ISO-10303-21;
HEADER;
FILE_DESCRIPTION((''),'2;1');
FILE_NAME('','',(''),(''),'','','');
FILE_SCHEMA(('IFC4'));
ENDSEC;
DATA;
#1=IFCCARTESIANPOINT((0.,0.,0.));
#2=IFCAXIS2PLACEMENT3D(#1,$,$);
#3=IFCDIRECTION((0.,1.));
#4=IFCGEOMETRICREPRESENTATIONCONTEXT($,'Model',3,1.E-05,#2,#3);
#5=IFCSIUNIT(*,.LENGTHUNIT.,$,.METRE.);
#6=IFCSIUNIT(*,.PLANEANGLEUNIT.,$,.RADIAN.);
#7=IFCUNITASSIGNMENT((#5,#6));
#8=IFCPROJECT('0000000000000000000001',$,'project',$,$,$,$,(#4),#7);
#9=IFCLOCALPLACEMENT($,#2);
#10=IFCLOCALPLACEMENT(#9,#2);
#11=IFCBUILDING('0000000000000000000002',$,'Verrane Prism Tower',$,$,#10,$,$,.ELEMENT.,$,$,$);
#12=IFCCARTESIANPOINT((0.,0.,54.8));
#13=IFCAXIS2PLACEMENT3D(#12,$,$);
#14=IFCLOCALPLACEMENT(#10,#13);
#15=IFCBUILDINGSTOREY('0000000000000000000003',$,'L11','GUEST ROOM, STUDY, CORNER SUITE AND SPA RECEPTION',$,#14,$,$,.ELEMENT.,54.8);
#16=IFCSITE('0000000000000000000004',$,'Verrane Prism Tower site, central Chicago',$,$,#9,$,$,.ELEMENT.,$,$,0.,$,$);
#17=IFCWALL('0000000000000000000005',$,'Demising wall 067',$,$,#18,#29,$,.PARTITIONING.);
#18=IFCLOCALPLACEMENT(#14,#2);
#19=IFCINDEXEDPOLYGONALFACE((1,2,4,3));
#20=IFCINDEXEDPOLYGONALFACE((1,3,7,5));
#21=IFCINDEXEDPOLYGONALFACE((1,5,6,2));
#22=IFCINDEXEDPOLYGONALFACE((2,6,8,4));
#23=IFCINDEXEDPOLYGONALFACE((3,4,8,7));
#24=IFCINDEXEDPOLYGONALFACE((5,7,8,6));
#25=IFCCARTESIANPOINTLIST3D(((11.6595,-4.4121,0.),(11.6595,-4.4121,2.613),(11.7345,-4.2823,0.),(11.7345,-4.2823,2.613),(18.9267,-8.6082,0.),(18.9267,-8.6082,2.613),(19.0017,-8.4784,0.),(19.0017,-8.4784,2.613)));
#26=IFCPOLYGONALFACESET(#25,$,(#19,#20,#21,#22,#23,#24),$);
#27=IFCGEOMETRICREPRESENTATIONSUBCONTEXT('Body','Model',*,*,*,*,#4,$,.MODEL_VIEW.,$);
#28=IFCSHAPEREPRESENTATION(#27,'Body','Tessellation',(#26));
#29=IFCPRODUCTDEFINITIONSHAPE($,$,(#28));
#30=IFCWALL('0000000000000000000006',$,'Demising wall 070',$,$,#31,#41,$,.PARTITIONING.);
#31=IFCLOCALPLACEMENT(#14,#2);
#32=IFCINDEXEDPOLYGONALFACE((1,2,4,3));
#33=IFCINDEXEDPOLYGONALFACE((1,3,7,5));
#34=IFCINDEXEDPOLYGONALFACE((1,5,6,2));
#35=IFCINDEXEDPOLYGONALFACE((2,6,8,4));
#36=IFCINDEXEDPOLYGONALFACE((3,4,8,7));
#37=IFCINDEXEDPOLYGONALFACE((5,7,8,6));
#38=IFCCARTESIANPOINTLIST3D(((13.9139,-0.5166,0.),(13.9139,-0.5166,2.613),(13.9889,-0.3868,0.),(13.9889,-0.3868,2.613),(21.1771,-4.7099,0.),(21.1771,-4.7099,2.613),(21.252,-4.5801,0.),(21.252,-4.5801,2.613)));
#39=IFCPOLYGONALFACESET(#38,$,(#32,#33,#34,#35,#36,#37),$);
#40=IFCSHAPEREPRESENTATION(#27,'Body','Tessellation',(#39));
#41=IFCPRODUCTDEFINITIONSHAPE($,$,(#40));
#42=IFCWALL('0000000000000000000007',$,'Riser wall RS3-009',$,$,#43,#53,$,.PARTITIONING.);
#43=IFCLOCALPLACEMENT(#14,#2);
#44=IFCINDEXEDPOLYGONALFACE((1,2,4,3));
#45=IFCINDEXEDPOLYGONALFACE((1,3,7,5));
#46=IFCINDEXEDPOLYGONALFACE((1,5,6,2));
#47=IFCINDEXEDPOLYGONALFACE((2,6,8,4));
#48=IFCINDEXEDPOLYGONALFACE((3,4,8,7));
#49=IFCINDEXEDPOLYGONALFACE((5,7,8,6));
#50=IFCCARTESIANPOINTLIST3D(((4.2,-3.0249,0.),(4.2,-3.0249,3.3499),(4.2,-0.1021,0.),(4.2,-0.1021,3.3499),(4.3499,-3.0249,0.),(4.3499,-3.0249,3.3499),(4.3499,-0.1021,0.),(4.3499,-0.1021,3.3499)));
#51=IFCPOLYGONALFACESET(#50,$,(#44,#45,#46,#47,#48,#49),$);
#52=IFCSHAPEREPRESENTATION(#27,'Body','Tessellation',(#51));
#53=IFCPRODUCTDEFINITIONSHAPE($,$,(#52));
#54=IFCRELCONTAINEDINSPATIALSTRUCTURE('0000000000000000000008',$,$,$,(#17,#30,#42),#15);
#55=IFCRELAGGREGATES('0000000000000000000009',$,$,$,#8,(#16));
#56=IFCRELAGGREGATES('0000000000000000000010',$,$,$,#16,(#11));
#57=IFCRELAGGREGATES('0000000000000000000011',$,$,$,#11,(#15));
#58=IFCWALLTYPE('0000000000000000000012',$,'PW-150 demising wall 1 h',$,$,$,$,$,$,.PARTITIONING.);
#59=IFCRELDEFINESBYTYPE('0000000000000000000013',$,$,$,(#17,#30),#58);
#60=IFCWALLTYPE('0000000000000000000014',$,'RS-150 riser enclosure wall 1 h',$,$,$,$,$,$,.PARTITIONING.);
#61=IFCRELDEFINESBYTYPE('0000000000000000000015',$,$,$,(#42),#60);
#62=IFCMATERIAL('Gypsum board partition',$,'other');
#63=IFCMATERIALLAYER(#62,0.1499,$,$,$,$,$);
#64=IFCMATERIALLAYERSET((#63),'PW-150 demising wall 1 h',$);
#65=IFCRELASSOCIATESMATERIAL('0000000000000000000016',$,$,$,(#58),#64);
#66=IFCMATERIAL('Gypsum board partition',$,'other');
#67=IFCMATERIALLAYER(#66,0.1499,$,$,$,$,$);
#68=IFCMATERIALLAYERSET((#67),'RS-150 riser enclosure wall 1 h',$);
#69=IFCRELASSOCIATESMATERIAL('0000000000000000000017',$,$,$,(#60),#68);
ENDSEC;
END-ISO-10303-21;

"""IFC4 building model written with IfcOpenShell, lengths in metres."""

from ifc_helpers import new_model, si_unit, direction, frame, frame_2d, origin, place, context, subcontext, project, spatial, rectangle, extrude, material, layer, layer_set, type_object, element, save


model = new_model("IFC4")

# Units and contexts
model_context = context("Model", 3, precision=1e-05, world=origin(), true_north=direction((0.0, 1.0)))
body_context = subcontext(model_context, "Body", "Model", "MODEL_VIEW")
ifc_project = project(units=[si_unit("LENGTHUNIT", "METRE"), si_unit("PLANEANGLEUNIT", "RADIAN")], contexts=[model_context])

# Site, building, storey
site_placement = place(None, origin())
site = spatial("IfcSite", under=ifc_project, at=site_placement, Name="Verrane Prism Tower site, central Chicago", CompositionType="ELEMENT", RefElevation=0.0)
building_placement = place(site_placement, origin())
building = spatial("IfcBuilding", under=site, at=building_placement, Name="Verrane Prism Tower", CompositionType="ELEMENT")
storey_placement = place(building_placement, frame((0.0, 0.0, 54.8)))
storey = spatial("IfcBuildingStorey", under=building, at=storey_placement, Name="L11", Description="GUEST ROOM, STUDY, CORNER SUITE AND SPA RECEPTION", CompositionType="ELEMENT", Elevation=54.8)

# Walls
ifc_material_1 = material(Name="Gypsum board partition", Category="other")
ifc_layer_1 = layer(ifc_material_1, 0.1499)
ifc_layer_set_1 = layer_set([ifc_layer_1], Name="PW-150 demising wall 1 h")
wall_type_1 = type_object("IfcWallType", Name="PW-150 demising wall 1 h", PredefinedType="PARTITIONING", material=ifc_layer_set_1)
wall_1_placement = place(storey_placement, frame((11.697, -4.3472, 0.0), z_axis=(0.0, 0.0, 1.0), x_axis=(0.866005, -0.500035, 0.0)))
element("IfcWall", 1, at=wall_1_placement, inside=storey, type_object=wall_type_1, Name="Demising wall 067", PredefinedType="PARTITIONING", context=body_context, shape_type="SweptSolid", body=[
    extrude(rectangle(XDim=8.3916, YDim=0.1499, at=frame_2d((4.1958, 0.0))), origin(), (0.0, 0.0, 1.0), 2.613),
])
wall_2_placement = place(storey_placement, frame((13.9514, -0.4517, 0.0), z_axis=(0.0, 0.0, 1.0), x_axis=(0.866028, -0.499996, 0.0)))
element("IfcWall", 2, at=wall_2_placement, inside=storey, type_object=wall_type_1, Name="Demising wall 070", PredefinedType="PARTITIONING", context=body_context, shape_type="SweptSolid", body=[
    extrude(rectangle(XDim=8.3867, YDim=0.1499, at=frame_2d((4.1934, 0.0))), origin(), (0.0, 0.0, 1.0), 2.613),
])
ifc_material_2 = material(Name="Gypsum board partition", Category="other")
ifc_layer_2 = layer(ifc_material_2, 0.1499)
ifc_layer_set_2 = layer_set([ifc_layer_2], Name="RS-150 riser enclosure wall 1 h")
wall_type_2 = type_object("IfcWallType", Name="RS-150 riser enclosure wall 1 h", PredefinedType="PARTITIONING", material=ifc_layer_set_2)
wall_3_placement = place(storey_placement, frame((4.2749, -3.0249, 0.0), z_axis=(0.0, 0.0, 1.0), x_axis=(0.0, 1.0, 0.0)))
element("IfcWall", 3, at=wall_3_placement, inside=storey, type_object=wall_type_2, Name="Riser wall RS3-009", PredefinedType="PARTITIONING", context=body_context, shape_type="SweptSolid", body=[
    extrude(rectangle(XDim=2.9229, YDim=0.1499, at=frame_2d((1.4614, 0.0))), origin(), (0.0, 0.0, 1.0), 3.3499),
])

save(model, "model.ifc")
